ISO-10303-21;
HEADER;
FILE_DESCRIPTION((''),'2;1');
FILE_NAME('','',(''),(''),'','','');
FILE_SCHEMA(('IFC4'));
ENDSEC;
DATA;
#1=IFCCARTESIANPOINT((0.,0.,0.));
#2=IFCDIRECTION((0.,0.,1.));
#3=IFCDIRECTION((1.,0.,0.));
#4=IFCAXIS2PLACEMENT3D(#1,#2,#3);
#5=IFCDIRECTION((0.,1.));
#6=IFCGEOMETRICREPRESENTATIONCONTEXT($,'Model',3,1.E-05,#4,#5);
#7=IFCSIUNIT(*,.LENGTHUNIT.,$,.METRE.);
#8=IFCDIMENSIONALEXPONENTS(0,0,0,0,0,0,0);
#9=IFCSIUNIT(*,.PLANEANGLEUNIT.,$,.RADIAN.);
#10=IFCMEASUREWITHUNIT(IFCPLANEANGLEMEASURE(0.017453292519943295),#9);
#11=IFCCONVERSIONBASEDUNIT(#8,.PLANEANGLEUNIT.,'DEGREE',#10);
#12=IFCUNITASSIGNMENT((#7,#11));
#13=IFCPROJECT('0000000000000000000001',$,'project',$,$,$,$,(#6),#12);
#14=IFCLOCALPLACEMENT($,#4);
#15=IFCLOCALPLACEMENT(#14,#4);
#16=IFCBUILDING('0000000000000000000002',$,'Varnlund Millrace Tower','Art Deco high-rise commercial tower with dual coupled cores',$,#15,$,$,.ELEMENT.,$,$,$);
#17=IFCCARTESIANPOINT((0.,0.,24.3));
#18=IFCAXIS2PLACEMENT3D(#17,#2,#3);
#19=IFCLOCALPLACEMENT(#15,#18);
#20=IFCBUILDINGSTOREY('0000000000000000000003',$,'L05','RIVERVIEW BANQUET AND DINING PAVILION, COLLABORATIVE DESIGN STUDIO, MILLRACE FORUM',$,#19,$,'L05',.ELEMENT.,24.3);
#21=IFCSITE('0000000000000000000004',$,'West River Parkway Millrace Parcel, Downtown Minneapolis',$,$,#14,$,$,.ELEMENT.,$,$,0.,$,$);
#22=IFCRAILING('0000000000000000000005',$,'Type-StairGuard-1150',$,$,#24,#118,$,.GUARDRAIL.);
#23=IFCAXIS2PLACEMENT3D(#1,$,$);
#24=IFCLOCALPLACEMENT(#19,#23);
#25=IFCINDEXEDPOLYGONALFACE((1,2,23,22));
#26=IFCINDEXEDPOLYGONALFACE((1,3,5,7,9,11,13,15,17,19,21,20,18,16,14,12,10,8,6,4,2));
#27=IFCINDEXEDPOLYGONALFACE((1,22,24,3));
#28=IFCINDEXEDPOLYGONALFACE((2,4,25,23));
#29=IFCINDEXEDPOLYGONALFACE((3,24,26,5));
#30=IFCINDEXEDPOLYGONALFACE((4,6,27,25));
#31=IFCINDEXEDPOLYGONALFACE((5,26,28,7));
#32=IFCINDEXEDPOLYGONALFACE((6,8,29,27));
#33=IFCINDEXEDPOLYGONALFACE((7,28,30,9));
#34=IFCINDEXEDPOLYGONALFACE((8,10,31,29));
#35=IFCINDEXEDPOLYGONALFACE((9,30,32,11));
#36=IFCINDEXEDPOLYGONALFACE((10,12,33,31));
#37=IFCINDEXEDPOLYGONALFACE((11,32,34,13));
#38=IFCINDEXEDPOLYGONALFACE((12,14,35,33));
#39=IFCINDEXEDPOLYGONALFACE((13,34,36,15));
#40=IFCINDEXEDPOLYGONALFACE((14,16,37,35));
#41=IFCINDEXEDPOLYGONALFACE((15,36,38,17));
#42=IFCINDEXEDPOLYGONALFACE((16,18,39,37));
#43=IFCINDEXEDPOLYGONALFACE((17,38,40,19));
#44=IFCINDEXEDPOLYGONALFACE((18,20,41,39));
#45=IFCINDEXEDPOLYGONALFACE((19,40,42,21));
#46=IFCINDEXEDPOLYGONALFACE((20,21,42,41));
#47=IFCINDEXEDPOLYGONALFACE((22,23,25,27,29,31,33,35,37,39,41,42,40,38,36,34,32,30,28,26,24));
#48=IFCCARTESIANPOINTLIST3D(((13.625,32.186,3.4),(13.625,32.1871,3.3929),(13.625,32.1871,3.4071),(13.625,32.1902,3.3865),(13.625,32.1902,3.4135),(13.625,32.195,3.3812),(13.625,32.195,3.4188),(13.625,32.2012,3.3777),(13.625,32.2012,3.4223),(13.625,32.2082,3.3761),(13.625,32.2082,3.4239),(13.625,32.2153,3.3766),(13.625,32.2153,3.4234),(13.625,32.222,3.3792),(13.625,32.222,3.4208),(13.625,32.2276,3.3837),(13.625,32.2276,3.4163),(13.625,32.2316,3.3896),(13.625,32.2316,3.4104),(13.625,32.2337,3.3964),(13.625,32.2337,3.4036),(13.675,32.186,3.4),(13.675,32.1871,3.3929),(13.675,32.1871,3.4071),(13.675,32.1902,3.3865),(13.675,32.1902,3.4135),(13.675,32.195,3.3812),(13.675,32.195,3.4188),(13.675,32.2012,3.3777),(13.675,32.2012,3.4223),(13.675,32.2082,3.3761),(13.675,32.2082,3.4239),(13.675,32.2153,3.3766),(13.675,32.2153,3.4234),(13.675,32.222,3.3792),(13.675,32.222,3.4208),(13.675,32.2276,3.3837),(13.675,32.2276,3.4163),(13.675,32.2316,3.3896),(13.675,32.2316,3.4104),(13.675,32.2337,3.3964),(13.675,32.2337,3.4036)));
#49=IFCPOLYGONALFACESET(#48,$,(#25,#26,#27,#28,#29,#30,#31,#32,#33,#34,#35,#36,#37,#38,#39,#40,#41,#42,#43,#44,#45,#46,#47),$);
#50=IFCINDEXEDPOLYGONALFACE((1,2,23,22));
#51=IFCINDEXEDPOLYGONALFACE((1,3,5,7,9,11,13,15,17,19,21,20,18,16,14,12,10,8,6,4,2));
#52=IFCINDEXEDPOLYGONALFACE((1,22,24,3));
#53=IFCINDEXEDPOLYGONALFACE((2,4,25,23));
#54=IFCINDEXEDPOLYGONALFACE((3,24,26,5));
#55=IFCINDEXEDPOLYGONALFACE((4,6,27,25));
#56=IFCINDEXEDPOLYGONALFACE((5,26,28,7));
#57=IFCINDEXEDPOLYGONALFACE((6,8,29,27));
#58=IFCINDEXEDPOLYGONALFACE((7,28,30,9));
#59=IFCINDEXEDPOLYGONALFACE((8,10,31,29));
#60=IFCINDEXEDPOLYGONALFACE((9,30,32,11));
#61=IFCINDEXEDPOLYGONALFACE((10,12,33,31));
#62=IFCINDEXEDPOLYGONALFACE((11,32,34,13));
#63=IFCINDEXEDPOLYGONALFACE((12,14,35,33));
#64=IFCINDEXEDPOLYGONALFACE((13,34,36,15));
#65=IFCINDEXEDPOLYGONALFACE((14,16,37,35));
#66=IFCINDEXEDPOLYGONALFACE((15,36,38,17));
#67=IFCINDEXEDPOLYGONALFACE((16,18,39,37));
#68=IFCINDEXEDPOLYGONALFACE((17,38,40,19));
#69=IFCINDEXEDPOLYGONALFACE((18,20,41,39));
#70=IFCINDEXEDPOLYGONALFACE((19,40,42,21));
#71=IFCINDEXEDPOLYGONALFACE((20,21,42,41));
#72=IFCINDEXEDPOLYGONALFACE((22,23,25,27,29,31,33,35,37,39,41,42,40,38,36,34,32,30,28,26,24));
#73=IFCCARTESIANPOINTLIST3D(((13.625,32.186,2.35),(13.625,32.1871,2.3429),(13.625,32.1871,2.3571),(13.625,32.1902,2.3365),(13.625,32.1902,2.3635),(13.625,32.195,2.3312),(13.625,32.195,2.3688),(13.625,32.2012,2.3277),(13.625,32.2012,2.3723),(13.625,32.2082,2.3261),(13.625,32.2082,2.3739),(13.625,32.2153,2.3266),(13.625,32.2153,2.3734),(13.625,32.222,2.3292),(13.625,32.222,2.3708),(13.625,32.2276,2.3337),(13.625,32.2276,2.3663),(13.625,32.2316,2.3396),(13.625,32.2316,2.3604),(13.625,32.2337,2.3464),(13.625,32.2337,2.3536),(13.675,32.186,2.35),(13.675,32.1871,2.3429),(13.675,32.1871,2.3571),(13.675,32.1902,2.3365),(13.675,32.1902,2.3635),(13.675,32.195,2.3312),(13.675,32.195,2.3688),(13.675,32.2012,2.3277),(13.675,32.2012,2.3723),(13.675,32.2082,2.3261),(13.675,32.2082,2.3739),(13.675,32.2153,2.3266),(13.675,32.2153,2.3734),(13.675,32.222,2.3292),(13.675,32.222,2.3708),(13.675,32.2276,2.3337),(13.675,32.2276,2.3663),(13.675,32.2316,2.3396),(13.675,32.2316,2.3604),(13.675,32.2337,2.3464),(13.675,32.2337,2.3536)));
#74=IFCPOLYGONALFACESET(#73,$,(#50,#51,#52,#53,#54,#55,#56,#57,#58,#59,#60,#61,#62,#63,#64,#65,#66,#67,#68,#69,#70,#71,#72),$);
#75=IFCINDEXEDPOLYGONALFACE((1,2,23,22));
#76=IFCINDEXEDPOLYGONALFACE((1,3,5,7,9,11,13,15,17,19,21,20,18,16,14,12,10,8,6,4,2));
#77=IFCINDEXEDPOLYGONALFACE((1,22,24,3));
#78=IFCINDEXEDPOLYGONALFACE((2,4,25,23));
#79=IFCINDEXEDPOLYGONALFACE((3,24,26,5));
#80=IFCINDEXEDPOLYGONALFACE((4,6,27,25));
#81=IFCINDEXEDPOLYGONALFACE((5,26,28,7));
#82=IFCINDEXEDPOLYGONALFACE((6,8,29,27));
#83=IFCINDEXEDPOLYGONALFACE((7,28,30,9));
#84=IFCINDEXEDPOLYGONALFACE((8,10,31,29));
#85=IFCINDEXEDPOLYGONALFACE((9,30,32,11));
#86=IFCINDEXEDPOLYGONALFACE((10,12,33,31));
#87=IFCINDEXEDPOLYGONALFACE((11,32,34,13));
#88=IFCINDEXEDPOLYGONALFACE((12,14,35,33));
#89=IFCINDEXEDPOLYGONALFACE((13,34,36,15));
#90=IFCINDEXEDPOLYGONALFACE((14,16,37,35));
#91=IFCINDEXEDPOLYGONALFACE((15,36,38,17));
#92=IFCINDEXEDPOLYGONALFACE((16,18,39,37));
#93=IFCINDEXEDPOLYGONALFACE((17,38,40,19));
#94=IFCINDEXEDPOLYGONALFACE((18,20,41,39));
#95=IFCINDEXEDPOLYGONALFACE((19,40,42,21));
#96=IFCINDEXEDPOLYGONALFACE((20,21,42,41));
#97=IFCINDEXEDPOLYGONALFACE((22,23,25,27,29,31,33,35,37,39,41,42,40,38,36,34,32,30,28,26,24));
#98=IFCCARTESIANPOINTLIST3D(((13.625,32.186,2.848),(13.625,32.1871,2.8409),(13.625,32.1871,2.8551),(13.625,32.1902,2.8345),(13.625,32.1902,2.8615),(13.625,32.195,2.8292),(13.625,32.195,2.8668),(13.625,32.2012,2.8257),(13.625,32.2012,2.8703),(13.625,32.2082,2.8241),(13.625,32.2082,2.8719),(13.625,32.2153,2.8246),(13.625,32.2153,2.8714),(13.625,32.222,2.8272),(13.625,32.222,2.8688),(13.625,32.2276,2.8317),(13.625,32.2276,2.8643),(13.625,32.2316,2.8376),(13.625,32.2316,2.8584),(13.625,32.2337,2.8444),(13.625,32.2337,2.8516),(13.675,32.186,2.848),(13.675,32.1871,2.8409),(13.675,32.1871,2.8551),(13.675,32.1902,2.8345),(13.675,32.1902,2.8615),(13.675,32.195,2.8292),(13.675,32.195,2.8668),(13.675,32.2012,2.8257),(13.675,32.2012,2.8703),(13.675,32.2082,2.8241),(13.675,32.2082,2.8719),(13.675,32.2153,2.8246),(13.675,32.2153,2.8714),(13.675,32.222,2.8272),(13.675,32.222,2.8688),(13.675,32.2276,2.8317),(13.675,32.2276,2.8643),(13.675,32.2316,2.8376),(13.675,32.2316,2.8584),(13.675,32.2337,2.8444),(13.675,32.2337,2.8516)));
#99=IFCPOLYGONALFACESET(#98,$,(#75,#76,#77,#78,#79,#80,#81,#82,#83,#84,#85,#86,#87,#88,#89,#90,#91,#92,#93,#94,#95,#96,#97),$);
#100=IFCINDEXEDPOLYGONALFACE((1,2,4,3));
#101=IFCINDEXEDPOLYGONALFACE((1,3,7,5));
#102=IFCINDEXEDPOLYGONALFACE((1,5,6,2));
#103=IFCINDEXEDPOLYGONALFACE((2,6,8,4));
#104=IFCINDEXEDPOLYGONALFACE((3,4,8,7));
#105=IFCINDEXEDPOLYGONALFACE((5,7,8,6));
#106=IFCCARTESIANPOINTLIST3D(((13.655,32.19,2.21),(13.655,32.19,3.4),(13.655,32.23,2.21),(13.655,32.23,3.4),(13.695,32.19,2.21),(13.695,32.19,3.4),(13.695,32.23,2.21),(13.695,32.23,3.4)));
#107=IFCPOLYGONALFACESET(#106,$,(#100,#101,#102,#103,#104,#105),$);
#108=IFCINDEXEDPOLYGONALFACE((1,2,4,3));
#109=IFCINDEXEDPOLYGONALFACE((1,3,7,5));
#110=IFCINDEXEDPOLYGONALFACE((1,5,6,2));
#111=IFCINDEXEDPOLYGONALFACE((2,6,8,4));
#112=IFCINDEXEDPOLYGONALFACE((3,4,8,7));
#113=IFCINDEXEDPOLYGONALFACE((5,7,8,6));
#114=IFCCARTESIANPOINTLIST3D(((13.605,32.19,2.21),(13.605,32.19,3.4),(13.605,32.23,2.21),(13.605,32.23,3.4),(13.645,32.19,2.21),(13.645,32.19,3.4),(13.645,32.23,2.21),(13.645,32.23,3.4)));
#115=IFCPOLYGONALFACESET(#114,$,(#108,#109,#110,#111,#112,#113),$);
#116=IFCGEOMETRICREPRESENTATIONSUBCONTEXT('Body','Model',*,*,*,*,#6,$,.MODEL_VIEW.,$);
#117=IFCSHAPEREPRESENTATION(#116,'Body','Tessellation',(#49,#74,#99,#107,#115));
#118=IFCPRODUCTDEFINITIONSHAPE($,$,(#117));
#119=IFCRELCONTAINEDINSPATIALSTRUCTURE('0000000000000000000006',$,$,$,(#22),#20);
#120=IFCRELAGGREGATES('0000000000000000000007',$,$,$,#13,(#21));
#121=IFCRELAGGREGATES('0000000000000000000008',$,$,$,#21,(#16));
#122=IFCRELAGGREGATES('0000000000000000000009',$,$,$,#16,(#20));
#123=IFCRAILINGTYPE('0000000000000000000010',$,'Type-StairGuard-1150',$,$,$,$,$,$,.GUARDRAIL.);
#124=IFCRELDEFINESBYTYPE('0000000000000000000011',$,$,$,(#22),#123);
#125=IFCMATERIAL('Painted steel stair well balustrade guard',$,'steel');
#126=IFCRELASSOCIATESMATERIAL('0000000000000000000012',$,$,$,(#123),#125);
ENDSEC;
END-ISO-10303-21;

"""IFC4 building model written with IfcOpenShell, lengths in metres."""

from ifc_helpers import new_model, entity, si_unit, converted_unit, direction, frame, origin_with_axes, origin_2d_with_axis, place, context, subcontext, project, spatial, rectangle, circle, extrude, material, type_object, element, save


model = new_model("IFC4")

# Units and contexts
model_context = context("Model", 3, precision=1e-05, world=origin_with_axes(), true_north=direction((0.0, 1.0)))
body_context = subcontext(model_context, "Body", "Model", "MODEL_VIEW")
ifc_project = project(units=[si_unit("LENGTHUNIT", "METRE"), converted_unit("PLANEANGLEUNIT", "DEGREE", entity("IfcPlaneAngleMeasure", 0.017453292519943295), si_unit("PLANEANGLEUNIT", "RADIAN"), dimensions=[0, 0, 0, 0, 0, 0, 0])], contexts=[model_context])

# Site, building, storey
site_placement = place(None, origin_with_axes())
site = spatial("IfcSite", under=ifc_project, at=site_placement, Name="West River Parkway Millrace Parcel, Downtown Minneapolis", CompositionType="ELEMENT", RefElevation=0.0)
building_placement = place(site_placement, origin_with_axes())
building = spatial("IfcBuilding", under=site, at=building_placement, Name="Varnlund Millrace Tower", Description="Art Deco high-rise commercial tower with dual coupled cores", CompositionType="ELEMENT")
storey_placement = place(building_placement, frame((0.0, 0.0, 24.3), z_axis=(0.0, 0.0, 1.0), x_axis=(1.0, 0.0, 0.0)))
storey = spatial("IfcBuildingStorey", under=building, at=storey_placement, Name="L05", Description="RIVERVIEW BANQUET AND DINING PAVILION, COLLABORATIVE DESIGN STUDIO, MILLRACE FORUM", LongName="L05", CompositionType="ELEMENT", Elevation=24.3)

# Railing
ifc_material_1 = material(Name="Painted steel stair well balustrade guard", Category="steel")
railing_type_1 = type_object("IfcRailingType", Name="Type-StairGuard-1150", PredefinedType="GUARDRAIL", material=ifc_material_1)
railing_1_placement = place(storey_placement, frame((0.0, 0.0, -24.3), z_axis=(0.0, 0.0, 1.0), x_axis=(1.0, 0.0, 0.0)))
element("IfcRailing", 1, at=railing_1_placement, inside=storey, type_object=railing_type_1, Name="Type-StairGuard-1150", PredefinedType="GUARDRAIL", context=body_context, shape_type="SweptSolid", body=[
    extrude(circle(Radius=0.024, at=origin_2d_with_axis()), frame((13.675, 32.21, 27.7), z_axis=(-1.0, 0.0, 0.0), x_axis=(0.0, -1.0, 0.0)), (0.0, 0.0, 1.0), 0.05),
    extrude(circle(Radius=0.024, at=origin_2d_with_axis()), frame((13.675, 32.21, 26.65), z_axis=(-1.0, 0.0, 0.0), x_axis=(0.0, -1.0, 0.0)), (0.0, 0.0, 1.0), 0.05),
    extrude(circle(Radius=0.024, at=origin_2d_with_axis()), frame((13.675, 32.21, 27.148), z_axis=(-1.0, 0.0, 0.0), x_axis=(0.0, -1.0, 0.0)), (0.0, 0.0, 1.0), 0.05),
    extrude(rectangle(XDim=0.04, YDim=0.04, at=origin_2d_with_axis()), frame((13.675, 32.21, 26.51), z_axis=(0.0, 0.0, 1.0), x_axis=(1.0, 0.0, 0.0)), (0.0, 0.0, 1.0), 1.19),
    extrude(rectangle(XDim=0.04, YDim=0.04, at=origin_2d_with_axis()), frame((13.625, 32.21, 26.51), z_axis=(0.0, 0.0, 1.0), x_axis=(1.0, 0.0, 0.0)), (0.0, 0.0, 1.0), 1.19),
])

save(model, "model.ifc")
